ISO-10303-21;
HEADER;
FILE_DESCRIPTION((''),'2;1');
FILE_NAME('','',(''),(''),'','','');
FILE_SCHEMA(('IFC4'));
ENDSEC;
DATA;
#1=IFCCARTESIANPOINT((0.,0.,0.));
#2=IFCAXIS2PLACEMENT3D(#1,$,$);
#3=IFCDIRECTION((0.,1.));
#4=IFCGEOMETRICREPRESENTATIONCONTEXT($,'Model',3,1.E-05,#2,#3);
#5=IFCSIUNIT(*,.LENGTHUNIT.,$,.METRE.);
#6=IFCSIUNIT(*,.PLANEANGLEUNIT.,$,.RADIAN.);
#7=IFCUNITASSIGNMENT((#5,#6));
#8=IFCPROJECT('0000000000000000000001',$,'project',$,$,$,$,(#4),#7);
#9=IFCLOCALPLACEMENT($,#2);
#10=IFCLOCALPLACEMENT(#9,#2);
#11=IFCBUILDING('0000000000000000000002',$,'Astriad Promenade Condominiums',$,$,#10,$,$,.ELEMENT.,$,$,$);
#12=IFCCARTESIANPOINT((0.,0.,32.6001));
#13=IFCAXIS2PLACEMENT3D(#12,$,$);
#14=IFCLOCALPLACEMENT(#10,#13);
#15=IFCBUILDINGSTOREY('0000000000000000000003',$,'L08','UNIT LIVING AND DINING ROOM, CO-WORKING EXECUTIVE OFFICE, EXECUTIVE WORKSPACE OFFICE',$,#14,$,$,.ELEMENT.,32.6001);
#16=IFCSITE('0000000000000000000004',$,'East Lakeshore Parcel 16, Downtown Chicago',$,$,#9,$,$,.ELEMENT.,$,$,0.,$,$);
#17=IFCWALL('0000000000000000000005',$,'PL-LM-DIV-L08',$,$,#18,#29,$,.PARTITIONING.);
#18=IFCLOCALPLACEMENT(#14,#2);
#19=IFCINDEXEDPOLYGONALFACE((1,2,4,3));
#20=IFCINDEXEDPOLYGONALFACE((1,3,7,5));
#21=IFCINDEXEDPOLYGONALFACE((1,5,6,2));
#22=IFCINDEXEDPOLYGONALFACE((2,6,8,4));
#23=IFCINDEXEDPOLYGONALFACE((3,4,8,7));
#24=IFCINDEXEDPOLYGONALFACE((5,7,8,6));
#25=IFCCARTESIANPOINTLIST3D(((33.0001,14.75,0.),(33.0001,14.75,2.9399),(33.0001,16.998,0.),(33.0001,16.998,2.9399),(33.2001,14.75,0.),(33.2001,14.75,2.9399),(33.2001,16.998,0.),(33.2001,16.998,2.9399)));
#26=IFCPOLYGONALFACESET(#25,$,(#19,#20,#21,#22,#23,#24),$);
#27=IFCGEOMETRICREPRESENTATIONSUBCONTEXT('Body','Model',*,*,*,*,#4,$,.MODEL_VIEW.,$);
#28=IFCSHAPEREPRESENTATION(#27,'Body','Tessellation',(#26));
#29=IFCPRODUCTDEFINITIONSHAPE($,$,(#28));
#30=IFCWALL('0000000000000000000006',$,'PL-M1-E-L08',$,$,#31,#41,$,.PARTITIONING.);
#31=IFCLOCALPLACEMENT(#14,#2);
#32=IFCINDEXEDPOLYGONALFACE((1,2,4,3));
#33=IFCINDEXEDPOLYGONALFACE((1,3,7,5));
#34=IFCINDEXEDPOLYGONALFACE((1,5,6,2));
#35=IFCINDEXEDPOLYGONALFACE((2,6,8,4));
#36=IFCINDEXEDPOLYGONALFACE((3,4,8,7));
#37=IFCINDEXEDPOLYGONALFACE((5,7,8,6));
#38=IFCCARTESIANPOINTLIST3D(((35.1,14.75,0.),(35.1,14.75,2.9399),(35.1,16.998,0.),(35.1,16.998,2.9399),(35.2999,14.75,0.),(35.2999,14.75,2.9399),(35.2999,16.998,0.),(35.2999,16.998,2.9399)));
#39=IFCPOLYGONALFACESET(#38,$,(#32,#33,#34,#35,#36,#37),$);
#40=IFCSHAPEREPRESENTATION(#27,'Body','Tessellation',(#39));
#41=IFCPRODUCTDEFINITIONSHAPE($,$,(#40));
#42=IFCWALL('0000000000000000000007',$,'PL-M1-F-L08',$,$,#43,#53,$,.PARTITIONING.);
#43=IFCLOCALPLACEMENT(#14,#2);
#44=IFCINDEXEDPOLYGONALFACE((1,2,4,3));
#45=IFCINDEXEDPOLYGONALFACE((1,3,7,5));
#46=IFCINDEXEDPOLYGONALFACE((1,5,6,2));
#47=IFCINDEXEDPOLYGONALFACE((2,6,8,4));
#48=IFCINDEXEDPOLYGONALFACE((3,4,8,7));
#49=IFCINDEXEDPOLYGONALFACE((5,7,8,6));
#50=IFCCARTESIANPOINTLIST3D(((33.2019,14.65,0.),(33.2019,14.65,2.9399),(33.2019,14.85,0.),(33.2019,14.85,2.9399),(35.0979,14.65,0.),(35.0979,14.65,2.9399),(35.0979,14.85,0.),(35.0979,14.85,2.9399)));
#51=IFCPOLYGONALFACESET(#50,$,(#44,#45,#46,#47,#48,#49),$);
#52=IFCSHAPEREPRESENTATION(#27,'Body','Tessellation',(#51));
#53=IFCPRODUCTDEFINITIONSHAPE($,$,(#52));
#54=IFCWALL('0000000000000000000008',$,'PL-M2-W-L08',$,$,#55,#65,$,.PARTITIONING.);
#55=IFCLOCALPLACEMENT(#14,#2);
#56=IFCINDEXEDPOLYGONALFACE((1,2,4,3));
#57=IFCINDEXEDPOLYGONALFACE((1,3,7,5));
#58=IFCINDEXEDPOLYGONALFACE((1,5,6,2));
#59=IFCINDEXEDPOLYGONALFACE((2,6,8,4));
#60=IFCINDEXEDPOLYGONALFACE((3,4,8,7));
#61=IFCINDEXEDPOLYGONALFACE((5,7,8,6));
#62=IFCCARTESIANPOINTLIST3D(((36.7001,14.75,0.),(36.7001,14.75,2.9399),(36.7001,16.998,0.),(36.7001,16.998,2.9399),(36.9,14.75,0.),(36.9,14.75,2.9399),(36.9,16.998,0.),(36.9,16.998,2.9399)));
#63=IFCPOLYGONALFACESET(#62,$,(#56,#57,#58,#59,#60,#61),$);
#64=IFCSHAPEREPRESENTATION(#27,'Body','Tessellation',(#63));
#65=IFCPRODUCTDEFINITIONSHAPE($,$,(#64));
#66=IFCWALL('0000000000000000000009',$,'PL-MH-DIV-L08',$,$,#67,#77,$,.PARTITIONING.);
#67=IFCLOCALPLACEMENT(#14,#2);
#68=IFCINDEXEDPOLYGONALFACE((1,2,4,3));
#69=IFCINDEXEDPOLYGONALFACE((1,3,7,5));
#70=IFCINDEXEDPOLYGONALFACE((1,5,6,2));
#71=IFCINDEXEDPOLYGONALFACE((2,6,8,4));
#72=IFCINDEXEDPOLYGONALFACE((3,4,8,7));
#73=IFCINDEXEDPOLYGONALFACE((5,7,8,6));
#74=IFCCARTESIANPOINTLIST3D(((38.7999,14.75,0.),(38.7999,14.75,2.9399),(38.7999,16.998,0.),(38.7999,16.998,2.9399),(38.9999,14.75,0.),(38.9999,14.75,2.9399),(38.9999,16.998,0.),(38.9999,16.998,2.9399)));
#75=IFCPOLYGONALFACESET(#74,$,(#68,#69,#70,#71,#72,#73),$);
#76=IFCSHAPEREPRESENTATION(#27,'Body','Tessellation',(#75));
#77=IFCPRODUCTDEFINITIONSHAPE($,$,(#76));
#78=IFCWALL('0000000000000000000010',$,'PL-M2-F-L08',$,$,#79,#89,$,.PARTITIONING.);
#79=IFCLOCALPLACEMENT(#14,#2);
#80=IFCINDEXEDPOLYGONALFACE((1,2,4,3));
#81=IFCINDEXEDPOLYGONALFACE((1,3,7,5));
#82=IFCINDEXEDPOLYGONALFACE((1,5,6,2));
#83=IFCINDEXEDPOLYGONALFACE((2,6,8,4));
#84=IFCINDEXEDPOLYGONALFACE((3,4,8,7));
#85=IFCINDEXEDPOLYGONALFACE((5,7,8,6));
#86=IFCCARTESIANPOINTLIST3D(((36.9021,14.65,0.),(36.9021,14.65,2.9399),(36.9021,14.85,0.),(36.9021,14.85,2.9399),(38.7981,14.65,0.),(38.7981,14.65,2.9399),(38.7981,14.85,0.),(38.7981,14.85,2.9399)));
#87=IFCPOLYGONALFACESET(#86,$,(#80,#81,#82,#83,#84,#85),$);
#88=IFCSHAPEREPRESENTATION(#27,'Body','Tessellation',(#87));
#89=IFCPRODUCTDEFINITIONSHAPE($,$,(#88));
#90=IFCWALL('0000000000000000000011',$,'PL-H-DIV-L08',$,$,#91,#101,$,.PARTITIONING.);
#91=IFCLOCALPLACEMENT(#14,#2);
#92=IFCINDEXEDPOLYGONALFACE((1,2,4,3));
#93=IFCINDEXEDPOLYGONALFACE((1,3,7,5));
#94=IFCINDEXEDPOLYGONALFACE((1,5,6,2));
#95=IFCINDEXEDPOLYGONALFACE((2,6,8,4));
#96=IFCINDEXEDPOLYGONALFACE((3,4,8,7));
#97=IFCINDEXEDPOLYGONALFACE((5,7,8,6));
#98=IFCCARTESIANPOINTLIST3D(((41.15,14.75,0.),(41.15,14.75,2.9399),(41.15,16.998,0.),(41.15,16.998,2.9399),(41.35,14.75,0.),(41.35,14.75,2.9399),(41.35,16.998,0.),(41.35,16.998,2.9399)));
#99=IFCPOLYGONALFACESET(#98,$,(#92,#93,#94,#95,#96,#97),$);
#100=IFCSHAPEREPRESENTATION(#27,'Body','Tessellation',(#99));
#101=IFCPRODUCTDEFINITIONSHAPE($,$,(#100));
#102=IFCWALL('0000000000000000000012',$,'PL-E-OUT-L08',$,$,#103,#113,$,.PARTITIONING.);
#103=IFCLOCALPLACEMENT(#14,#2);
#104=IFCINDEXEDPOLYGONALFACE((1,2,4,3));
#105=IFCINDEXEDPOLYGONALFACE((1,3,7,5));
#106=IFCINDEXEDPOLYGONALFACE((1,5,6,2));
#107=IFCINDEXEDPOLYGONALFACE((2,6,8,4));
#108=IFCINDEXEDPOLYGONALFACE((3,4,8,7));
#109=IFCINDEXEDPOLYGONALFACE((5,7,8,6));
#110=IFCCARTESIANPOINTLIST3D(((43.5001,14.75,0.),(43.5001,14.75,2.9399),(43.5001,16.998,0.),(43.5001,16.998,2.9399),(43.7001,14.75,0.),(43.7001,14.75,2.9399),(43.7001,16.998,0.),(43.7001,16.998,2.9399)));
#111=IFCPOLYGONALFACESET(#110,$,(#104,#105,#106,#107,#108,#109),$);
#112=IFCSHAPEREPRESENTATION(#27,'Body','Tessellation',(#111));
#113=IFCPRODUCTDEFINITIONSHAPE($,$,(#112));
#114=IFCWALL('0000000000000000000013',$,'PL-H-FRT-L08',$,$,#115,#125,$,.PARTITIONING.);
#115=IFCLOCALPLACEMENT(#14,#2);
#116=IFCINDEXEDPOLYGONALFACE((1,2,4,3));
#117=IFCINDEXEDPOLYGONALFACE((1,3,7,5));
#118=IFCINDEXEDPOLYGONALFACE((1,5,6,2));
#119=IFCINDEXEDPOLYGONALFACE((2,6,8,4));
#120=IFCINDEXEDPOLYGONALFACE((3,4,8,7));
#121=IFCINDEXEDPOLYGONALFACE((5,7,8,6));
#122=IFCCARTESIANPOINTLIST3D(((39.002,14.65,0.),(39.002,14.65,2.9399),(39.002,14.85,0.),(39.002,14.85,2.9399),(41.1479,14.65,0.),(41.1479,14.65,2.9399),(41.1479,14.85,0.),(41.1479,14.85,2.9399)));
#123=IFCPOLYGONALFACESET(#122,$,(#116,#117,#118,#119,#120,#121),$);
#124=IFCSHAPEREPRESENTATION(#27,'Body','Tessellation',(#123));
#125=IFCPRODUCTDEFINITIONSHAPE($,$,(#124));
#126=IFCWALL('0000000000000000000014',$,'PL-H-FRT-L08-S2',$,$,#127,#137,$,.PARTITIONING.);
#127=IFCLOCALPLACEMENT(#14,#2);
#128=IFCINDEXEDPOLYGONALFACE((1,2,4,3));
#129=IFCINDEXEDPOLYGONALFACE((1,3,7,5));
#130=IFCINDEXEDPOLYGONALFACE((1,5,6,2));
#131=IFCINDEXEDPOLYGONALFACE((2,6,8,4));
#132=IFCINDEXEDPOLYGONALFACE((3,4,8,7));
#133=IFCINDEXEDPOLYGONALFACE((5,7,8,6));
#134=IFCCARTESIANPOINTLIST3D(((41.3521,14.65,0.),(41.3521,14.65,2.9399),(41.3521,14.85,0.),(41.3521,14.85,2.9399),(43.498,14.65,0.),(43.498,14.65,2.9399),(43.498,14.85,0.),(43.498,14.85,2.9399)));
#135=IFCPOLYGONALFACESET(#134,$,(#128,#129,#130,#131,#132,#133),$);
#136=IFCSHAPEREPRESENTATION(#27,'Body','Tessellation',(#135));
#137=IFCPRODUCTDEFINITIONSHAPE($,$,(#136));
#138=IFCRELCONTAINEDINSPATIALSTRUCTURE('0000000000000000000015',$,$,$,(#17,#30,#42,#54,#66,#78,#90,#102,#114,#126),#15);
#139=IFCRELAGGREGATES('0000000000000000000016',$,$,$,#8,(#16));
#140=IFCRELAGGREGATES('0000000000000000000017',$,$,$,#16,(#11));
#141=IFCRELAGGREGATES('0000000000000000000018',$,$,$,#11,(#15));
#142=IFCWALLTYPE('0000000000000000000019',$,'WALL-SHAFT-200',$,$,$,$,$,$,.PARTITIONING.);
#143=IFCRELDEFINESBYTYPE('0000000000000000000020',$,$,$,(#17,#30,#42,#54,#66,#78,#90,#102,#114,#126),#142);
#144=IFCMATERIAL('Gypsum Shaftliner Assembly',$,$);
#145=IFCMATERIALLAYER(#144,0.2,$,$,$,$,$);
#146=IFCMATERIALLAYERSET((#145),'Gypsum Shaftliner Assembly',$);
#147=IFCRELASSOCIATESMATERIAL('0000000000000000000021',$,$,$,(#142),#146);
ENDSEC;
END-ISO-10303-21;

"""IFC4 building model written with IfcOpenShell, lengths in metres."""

from ifc_helpers import new_model, si_unit, direction, frame, frame_2d, origin, place, context, subcontext, project, spatial, rectangle, extrude, material, layer, layer_set, type_object, element, save


model = new_model("IFC4")

# Units and contexts
model_context = context("Model", 3, precision=1e-05, world=origin(), true_north=direction((0.0, 1.0)))
body_context = subcontext(model_context, "Body", "Model", "MODEL_VIEW")
ifc_project = project(units=[si_unit("LENGTHUNIT", "METRE"), si_unit("PLANEANGLEUNIT", "RADIAN")], contexts=[model_context])

# Site, building, storey
site_placement = place(None, origin())
site = spatial("IfcSite", under=ifc_project, at=site_placement, Name="East Lakeshore Parcel 16, Downtown Chicago", CompositionType="ELEMENT", RefElevation=0.0)
building_placement = place(site_placement, origin())
building = spatial("IfcBuilding", under=site, at=building_placement, Name="Astriad Promenade Condominiums", CompositionType="ELEMENT")
storey_placement = place(building_placement, frame((0.0, 0.0, 32.6001)))
storey = spatial("IfcBuildingStorey", under=building, at=storey_placement, Name="L08", Description="UNIT LIVING AND DINING ROOM, CO-WORKING EXECUTIVE OFFICE, EXECUTIVE WORKSPACE OFFICE", CompositionType="ELEMENT", Elevation=32.6001)

# Walls
ifc_material_1 = material(Name="Gypsum Shaftliner Assembly")
ifc_layer_1 = layer(ifc_material_1, 0.2)
ifc_layer_set_1 = layer_set([ifc_layer_1], Name="Gypsum Shaftliner Assembly")
wall_type_1 = type_object("IfcWallType", Name="WALL-SHAFT-200", PredefinedType="PARTITIONING", material=ifc_layer_set_1)
for number, where, z_axis, x_axis, name in (
    (1, (33.1001, 14.75, 0.0), (0.0, 0.0, 1.0), (0.0, 1.0, 0.0), "PL-LM-DIV-L08"),
    (2, (35.2, 14.75, 0.0), (0.0, 0.0, 1.0), (0.0, 1.0, 0.0), "PL-M1-E-L08"),
):
    element("IfcWall", number, at=place(storey_placement, frame(where, z_axis=z_axis, x_axis=x_axis)), inside=storey, type_object=wall_type_1, Name=name, PredefinedType="PARTITIONING", context=body_context, shape_type="SweptSolid", body=[
        extrude(rectangle(XDim=2.248, YDim=0.2, at=frame_2d((1.124, 0.0))), origin(), (0.0, 0.0, 1.0), 2.9399),
    ])
wall_1_placement = place(storey_placement, frame((33.2019, 14.75, 0.0), z_axis=(0.0, 0.0, 1.0), x_axis=(1.0, 0.0, 0.0)))
element("IfcWall", 3, at=wall_1_placement, inside=storey, type_object=wall_type_1, Name="PL-M1-F-L08", PredefinedType="PARTITIONING", context=body_context, shape_type="SweptSolid", body=[
    extrude(rectangle(XDim=1.896, YDim=0.2, at=frame_2d((0.948, 0.0))), origin(), (0.0, 0.0, 1.0), 2.9399),
])
for number, where, z_axis, x_axis, name in (
    (4, (36.8, 14.75, 0.0), (0.0, 0.0, 1.0), (0.0, 1.0, 0.0), "PL-M2-W-L08"),
    (5, (38.8999, 14.75, 0.0), (0.0, 0.0, 1.0), (0.0, 1.0, 0.0), "PL-MH-DIV-L08"),
):
    element("IfcWall", number, at=place(storey_placement, frame(where, z_axis=z_axis, x_axis=x_axis)), inside=storey, type_object=wall_type_1, Name=name, PredefinedType="PARTITIONING", context=body_context, shape_type="SweptSolid", body=[
        extrude(rectangle(XDim=2.248, YDim=0.2, at=frame_2d((1.124, 0.0))), origin(), (0.0, 0.0, 1.0), 2.9399),
    ])
wall_2_placement = place(storey_placement, frame((36.9021, 14.75, 0.0), z_axis=(0.0, 0.0, 1.0), x_axis=(1.0, 0.0, 0.0)))
element("IfcWall", 6, at=wall_2_placement, inside=storey, type_object=wall_type_1, Name="PL-M2-F-L08", PredefinedType="PARTITIONING", context=body_context, shape_type="SweptSolid", body=[
    extrude(rectangle(XDim=1.896, YDim=0.2, at=frame_2d((0.948, 0.0))), origin(), (0.0, 0.0, 1.0), 2.9399),
])
for number, where, z_axis, x_axis, name in (
    (7, (41.25, 14.75, 0.0), (0.0, 0.0, 1.0), (0.0, 1.0, 0.0), "PL-H-DIV-L08"),
    (8, (43.6001, 14.75, 0.0), (0.0, 0.0, 1.0), (0.0, 1.0, 0.0), "PL-E-OUT-L08"),
):
    element("IfcWall", number, at=place(storey_placement, frame(where, z_axis=z_axis, x_axis=x_axis)), inside=storey, type_object=wall_type_1, Name=name, PredefinedType="PARTITIONING", context=body_context, shape_type="SweptSolid", body=[
        extrude(rectangle(XDim=2.248, YDim=0.2, at=frame_2d((1.124, 0.0))), origin(), (0.0, 0.0, 1.0), 2.9399),
    ])
for number, where, z_axis, x_axis, name in (
    (9, (39.002, 14.75, 0.0), (0.0, 0.0, 1.0), (1.0, 0.0, 0.0), "PL-H-FRT-L08"),
    (10, (41.3521, 14.75, 0.0), (0.0, 0.0, 1.0), (1.0, 0.0, 0.0), "PL-H-FRT-L08-S2"),
):
    element("IfcWall", number, at=place(storey_placement, frame(where, z_axis=z_axis, x_axis=x_axis)), inside=storey, type_object=wall_type_1, Name=name, PredefinedType="PARTITIONING", context=body_context, shape_type="SweptSolid", body=[
        extrude(rectangle(XDim=2.146, YDim=0.2, at=frame_2d((1.073, 0.0))), origin(), (0.0, 0.0, 1.0), 2.9399),
    ])

save(model, "model.ifc")
